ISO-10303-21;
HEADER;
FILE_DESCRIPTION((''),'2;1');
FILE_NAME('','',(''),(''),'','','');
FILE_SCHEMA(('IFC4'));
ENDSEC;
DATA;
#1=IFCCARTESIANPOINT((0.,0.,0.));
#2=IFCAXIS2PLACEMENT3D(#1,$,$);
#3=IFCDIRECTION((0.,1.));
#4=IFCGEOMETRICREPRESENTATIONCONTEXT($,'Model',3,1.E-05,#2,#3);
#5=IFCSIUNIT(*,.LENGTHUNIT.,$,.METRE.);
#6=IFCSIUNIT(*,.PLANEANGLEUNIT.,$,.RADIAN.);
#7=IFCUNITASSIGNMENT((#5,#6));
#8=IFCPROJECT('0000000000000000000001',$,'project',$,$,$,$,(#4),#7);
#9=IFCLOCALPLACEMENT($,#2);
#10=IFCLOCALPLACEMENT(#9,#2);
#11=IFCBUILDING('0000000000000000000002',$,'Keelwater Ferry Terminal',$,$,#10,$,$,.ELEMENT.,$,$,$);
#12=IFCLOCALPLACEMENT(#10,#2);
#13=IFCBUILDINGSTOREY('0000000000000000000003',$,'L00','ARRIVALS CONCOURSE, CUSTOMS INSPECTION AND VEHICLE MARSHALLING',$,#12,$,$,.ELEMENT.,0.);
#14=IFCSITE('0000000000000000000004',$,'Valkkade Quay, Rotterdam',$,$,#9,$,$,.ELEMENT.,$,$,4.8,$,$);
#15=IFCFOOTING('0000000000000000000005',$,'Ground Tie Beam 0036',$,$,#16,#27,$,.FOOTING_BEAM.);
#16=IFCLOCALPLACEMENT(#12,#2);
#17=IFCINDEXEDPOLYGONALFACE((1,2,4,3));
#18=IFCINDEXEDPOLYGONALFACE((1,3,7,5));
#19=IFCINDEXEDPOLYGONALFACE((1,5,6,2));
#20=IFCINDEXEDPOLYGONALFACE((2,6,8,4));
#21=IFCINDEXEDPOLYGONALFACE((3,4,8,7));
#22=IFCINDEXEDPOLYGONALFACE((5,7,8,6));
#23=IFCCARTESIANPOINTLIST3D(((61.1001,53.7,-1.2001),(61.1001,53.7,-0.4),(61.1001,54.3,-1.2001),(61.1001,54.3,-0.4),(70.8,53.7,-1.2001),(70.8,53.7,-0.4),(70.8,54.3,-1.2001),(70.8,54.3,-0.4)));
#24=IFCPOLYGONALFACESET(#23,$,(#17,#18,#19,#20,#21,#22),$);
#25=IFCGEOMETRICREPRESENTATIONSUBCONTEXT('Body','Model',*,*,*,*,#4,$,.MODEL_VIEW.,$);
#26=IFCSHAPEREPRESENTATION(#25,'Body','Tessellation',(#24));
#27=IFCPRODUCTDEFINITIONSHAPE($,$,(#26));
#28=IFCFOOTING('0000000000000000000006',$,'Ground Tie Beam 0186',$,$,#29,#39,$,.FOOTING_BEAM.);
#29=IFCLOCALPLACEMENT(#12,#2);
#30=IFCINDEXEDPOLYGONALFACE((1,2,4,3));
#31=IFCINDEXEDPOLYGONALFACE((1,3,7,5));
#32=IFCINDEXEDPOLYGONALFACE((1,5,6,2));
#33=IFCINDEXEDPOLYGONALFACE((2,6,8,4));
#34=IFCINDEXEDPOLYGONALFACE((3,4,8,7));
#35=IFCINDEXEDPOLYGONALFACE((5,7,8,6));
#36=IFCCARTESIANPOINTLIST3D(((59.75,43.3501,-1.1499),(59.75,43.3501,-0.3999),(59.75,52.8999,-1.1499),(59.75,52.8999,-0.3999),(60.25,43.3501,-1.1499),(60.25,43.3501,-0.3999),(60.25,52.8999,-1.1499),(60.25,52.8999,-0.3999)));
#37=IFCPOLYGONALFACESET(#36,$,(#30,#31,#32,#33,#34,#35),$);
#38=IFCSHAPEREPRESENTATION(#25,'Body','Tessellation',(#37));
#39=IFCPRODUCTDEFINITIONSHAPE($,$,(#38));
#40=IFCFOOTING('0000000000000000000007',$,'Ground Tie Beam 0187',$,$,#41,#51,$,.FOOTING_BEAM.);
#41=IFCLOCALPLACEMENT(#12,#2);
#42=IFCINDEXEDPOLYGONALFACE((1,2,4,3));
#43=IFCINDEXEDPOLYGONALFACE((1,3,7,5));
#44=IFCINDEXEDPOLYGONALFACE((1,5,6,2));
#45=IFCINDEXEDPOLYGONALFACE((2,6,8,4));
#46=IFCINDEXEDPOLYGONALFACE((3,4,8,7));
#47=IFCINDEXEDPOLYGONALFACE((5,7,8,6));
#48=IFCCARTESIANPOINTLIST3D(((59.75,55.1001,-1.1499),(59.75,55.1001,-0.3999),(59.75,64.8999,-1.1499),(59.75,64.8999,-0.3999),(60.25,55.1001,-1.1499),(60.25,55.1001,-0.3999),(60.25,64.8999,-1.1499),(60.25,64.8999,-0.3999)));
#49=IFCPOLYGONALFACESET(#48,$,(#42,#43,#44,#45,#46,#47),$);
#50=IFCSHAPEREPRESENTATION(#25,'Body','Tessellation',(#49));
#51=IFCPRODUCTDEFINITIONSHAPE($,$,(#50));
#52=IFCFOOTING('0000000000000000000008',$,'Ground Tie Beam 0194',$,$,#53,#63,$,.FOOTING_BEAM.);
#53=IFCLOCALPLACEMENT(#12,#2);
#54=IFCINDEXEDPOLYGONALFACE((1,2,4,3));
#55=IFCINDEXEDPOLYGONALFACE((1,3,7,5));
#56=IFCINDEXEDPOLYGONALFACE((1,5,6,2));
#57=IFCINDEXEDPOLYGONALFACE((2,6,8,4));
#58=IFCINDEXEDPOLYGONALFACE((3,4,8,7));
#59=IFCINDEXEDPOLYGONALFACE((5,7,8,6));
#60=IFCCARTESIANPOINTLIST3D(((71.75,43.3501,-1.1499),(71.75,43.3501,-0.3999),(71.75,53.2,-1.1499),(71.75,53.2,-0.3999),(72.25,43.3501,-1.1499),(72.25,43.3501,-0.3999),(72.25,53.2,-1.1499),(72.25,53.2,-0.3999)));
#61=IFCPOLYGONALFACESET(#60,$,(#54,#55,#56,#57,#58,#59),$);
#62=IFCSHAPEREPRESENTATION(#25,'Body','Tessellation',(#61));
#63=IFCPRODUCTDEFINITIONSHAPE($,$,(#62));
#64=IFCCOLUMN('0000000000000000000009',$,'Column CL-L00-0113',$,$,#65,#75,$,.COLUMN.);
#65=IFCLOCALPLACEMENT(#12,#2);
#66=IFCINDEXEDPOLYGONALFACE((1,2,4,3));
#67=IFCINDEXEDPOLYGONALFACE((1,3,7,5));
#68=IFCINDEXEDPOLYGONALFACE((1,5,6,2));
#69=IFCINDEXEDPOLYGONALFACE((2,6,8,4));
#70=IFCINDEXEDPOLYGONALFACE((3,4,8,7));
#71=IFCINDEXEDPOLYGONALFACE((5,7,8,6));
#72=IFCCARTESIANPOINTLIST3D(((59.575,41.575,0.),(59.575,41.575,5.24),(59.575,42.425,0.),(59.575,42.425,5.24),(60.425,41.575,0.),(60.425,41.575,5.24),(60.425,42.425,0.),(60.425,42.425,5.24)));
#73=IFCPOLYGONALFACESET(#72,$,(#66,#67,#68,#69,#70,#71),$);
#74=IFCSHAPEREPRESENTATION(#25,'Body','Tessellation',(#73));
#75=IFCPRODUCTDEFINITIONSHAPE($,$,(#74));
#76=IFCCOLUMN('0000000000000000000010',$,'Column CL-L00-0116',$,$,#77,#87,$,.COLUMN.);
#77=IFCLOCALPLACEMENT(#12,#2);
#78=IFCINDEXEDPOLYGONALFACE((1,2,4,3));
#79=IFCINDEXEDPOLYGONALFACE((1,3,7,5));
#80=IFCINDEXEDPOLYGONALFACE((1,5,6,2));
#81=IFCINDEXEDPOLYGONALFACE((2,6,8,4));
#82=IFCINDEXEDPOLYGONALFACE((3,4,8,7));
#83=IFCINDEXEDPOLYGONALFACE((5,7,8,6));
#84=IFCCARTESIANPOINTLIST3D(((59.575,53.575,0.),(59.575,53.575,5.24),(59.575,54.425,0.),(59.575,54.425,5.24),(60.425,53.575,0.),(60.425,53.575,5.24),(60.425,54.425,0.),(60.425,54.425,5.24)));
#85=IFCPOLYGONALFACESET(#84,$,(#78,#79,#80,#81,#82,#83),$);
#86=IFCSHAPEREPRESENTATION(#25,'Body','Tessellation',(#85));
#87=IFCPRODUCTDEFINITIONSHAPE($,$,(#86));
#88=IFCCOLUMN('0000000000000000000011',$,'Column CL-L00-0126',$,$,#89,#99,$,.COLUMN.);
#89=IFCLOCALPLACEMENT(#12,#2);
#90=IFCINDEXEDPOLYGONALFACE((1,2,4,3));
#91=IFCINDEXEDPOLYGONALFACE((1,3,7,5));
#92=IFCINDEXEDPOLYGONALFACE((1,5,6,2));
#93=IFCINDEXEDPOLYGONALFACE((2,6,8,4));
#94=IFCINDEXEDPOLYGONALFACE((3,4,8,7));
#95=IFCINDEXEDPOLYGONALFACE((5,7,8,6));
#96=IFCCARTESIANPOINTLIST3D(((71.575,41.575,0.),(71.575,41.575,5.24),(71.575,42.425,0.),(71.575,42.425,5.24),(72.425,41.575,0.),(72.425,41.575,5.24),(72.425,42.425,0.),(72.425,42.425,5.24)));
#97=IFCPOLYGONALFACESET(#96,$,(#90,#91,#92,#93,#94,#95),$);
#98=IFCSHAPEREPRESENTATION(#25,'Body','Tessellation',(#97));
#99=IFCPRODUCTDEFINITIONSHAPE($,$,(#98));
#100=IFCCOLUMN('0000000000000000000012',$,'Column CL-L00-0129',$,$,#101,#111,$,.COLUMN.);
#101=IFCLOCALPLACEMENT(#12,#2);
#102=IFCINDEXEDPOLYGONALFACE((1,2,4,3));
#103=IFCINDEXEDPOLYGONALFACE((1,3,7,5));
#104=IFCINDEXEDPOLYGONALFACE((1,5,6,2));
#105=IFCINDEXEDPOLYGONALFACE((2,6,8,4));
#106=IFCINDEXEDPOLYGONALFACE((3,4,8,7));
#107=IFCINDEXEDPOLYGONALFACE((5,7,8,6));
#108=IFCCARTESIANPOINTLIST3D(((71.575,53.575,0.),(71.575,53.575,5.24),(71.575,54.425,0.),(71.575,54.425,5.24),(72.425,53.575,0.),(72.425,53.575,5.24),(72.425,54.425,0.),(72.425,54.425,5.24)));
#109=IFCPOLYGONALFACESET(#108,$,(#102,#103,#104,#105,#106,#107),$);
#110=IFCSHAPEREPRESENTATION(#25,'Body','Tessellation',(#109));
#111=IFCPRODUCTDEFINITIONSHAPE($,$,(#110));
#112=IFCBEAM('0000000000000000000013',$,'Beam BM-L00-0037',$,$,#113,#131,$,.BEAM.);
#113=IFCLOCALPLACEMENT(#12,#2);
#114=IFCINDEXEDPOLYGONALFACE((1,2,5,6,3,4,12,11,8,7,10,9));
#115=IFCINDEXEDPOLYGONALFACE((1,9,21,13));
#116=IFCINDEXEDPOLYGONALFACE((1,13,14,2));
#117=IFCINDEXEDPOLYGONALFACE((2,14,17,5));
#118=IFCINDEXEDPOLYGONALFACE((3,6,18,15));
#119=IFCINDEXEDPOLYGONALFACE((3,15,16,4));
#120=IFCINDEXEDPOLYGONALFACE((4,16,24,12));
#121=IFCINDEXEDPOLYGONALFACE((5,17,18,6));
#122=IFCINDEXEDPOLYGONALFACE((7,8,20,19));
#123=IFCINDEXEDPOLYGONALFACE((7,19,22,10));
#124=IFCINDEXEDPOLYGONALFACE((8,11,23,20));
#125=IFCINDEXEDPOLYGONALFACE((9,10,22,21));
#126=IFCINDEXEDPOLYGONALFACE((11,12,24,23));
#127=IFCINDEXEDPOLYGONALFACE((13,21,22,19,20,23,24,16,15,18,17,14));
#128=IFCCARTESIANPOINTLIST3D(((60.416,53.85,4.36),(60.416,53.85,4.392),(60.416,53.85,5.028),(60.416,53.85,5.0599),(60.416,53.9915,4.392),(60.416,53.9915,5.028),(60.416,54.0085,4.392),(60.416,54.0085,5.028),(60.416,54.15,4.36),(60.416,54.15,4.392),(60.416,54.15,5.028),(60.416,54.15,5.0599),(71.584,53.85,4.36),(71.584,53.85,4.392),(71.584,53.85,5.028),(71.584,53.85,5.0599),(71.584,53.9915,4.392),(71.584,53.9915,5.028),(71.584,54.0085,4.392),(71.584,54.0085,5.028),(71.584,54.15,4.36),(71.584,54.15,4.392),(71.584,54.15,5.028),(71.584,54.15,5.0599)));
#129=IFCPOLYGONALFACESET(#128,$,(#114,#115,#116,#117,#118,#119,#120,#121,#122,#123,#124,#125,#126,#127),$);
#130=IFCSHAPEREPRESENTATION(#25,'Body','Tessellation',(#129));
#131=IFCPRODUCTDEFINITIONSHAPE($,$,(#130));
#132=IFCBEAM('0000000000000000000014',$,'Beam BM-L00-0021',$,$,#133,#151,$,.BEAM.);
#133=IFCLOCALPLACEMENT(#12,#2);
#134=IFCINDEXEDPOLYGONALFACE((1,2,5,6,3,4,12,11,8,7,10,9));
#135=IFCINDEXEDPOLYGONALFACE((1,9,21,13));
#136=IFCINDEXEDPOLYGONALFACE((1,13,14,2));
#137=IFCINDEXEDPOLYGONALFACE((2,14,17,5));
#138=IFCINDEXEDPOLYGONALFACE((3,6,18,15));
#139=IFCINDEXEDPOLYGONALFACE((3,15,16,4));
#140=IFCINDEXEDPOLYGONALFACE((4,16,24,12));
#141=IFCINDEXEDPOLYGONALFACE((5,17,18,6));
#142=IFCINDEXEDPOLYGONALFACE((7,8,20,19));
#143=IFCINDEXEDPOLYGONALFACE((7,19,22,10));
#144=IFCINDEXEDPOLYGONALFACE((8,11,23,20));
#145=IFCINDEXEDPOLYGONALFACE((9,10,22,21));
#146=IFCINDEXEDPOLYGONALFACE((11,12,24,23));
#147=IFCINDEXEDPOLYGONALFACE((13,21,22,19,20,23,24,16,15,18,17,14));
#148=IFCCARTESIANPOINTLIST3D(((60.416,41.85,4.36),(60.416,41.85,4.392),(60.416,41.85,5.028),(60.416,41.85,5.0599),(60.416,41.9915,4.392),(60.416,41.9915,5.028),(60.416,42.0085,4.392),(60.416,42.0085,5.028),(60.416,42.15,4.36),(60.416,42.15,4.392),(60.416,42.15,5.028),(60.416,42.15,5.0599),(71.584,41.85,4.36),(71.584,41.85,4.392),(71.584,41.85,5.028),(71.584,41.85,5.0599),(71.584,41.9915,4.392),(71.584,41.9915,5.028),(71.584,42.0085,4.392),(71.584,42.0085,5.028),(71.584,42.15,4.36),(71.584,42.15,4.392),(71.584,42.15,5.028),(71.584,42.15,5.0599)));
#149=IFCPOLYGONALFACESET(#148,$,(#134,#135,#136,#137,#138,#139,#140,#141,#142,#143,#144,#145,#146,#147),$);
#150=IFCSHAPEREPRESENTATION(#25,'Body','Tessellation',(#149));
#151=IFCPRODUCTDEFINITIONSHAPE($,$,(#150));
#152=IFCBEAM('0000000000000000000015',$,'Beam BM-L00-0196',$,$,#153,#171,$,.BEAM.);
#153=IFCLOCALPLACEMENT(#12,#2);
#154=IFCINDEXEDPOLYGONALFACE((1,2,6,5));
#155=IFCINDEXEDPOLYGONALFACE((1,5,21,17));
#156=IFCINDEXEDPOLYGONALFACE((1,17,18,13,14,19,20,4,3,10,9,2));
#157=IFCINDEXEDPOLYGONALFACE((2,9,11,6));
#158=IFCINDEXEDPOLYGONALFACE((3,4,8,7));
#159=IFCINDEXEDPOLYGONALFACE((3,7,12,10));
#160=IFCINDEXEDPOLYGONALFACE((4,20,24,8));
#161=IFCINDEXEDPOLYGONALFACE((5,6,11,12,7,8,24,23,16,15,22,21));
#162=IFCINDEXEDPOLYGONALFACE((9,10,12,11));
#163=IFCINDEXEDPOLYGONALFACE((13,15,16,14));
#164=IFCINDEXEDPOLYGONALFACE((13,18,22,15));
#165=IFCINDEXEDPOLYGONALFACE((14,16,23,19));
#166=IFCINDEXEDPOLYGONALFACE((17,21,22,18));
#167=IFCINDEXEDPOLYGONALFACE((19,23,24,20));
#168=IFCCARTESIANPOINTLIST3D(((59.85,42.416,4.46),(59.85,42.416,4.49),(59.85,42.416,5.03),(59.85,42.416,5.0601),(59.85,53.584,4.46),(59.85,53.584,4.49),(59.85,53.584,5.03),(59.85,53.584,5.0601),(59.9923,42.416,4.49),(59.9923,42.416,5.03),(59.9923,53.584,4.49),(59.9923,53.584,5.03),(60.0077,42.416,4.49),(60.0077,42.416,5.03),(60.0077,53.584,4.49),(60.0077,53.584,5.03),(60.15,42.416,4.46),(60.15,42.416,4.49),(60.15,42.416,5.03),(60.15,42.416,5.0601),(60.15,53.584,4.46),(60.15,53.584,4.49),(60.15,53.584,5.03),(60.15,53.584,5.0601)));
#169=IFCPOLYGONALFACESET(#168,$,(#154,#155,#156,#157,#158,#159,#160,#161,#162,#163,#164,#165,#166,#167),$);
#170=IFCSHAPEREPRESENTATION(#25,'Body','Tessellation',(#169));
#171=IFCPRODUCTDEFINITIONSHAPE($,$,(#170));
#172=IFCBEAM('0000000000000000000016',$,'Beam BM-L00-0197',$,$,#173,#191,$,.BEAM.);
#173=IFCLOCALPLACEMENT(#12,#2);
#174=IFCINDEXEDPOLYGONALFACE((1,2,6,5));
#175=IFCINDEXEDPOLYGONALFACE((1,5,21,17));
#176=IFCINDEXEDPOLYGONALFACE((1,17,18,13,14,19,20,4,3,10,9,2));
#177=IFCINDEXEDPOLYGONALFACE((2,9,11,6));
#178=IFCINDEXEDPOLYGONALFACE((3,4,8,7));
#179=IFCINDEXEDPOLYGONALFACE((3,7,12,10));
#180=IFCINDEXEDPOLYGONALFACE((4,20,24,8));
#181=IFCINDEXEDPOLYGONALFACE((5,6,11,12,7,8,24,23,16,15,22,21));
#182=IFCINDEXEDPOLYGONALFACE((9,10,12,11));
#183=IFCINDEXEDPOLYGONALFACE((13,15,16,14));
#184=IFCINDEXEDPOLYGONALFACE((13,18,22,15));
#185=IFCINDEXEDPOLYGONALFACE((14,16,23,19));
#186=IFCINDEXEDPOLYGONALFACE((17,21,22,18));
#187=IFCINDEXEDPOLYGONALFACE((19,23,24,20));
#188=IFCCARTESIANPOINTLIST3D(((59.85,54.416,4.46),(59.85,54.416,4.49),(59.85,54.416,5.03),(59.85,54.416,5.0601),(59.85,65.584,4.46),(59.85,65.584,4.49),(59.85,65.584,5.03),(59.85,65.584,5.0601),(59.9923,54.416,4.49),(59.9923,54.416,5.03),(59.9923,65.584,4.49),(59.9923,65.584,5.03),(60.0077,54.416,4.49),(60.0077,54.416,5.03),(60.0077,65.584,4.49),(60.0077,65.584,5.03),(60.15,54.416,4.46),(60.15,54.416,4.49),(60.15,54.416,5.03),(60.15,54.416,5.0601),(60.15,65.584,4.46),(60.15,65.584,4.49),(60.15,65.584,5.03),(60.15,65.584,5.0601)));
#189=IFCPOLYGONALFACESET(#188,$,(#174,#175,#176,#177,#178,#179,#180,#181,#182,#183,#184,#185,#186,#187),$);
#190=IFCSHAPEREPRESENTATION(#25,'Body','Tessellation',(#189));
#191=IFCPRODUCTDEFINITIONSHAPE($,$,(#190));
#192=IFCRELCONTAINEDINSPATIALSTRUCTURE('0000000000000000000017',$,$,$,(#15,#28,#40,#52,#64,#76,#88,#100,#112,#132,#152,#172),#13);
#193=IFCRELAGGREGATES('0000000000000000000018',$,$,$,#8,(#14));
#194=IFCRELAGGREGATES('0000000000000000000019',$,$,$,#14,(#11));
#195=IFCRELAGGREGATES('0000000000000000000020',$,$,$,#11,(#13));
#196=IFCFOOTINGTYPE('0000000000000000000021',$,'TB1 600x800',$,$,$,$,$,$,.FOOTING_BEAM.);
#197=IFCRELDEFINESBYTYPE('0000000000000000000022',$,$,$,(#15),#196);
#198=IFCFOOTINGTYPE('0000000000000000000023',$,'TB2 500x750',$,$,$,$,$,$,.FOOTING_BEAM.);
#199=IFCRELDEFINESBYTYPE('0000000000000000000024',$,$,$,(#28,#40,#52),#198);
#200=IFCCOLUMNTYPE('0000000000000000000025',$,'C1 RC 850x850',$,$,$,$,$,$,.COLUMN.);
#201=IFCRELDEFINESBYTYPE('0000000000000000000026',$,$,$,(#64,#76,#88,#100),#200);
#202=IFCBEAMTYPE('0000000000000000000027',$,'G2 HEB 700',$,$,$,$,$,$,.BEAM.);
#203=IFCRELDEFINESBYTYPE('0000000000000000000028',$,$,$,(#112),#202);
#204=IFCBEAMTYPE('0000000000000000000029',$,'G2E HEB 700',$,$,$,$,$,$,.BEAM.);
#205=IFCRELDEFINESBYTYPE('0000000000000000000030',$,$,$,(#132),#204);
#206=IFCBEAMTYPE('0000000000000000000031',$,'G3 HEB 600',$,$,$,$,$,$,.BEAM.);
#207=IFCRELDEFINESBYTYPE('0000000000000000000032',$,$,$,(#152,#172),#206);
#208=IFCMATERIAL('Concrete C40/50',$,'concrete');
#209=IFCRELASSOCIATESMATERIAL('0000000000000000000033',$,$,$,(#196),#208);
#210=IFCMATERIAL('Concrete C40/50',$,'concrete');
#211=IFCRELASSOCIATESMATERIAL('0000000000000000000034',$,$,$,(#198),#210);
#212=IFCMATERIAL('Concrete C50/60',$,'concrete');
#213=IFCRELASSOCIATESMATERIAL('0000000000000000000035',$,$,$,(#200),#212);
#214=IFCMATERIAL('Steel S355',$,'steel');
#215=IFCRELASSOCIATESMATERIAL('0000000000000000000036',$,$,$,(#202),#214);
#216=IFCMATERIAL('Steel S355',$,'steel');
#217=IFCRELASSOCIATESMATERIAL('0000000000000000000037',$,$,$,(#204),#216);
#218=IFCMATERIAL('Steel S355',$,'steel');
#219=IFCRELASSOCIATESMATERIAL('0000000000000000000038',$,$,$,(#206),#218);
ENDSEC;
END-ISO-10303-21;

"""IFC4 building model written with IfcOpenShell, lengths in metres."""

from ifc_helpers import new_model, si_unit, direction, frame, origin, origin_2d, place, context, subcontext, project, spatial, rectangle, i_section, extrude, material, material_profile, profile_set, type_object, element, save


model = new_model("IFC4")

# Units and contexts
model_context = context("Model", 3, precision=1e-05, world=origin(), true_north=direction((0.0, 1.0)))
body_context = subcontext(model_context, "Body", "Model", "MODEL_VIEW")
ifc_project = project(units=[si_unit("LENGTHUNIT", "METRE"), si_unit("PLANEANGLEUNIT", "RADIAN")], contexts=[model_context])

# Site, building, storey
site_placement = place(None, origin())
site = spatial("IfcSite", under=ifc_project, at=site_placement, Name="Valkkade Quay, Rotterdam", CompositionType="ELEMENT", RefElevation=4.8)
building_placement = place(site_placement, origin())
building = spatial("IfcBuilding", under=site, at=building_placement, Name="Keelwater Ferry Terminal", CompositionType="ELEMENT")
storey_placement = place(building_placement, origin())
storey = spatial("IfcBuildingStorey", under=building, at=storey_placement, Name="L00", Description="ARRIVALS CONCOURSE, CUSTOMS INSPECTION AND VEHICLE MARSHALLING", CompositionType="ELEMENT", Elevation=0.0)

# Footings
ifc_material_1 = material(Name="Concrete C40/50", Category="concrete")
ifc_material_profile_1 = material_profile(ifc_material_1, rectangle(XDim=0.6001, YDim=0.8, at=origin_2d()), Name="TB 600x800")
ifc_profile_set_1 = profile_set([ifc_material_profile_1], Name="Concrete C40/50")
footing_type_1 = type_object("IfcFootingType", Name="TB1 600x800", PredefinedType="FOOTING_BEAM", material=ifc_profile_set_1)
footing_1_placement = place(storey_placement, frame((61.1001, 54.0, -0.8), z_axis=(1.0, 0.0, 0.0), x_axis=(0.0, 1.0, 0.0)))
element("IfcFooting", 1, at=footing_1_placement, inside=storey, type_object=footing_type_1, Name="Ground Tie Beam 0036", PredefinedType="FOOTING_BEAM", context=body_context, shape_type="SweptSolid", body=[
    extrude(rectangle(XDim=0.6001, YDim=0.8, at=origin_2d()), origin(), (0.0, 0.0, 1.0), 9.7),
])
ifc_material_2 = material(Name="Concrete C40/50", Category="concrete")
ifc_material_profile_2 = material_profile(ifc_material_2, rectangle(XDim=0.5, YDim=0.75, at=origin_2d()), Name="TB 500x750")
ifc_profile_set_2 = profile_set([ifc_material_profile_2], Name="Concrete C40/50")
footing_type_2 = type_object("IfcFootingType", Name="TB2 500x750", PredefinedType="FOOTING_BEAM", material=ifc_profile_set_2)
footing_2_placement = place(storey_placement, frame((60.0, 43.3501, -0.7749), z_axis=(0.0, 1.0, 0.0), x_axis=(-1.0, 0.0, 0.0)))
element("IfcFooting", 2, at=footing_2_placement, inside=storey, type_object=footing_type_2, Name="Ground Tie Beam 0186", PredefinedType="FOOTING_BEAM", context=body_context, shape_type="SweptSolid", body=[
    extrude(rectangle(XDim=0.5, YDim=0.75, at=origin_2d()), origin(), (0.0, 0.0, 1.0), 9.5498),
])
footing_3_placement = place(storey_placement, frame((60.0, 55.1001, -0.7749), z_axis=(0.0, 1.0, 0.0), x_axis=(-1.0, 0.0, 0.0)))
element("IfcFooting", 3, at=footing_3_placement, inside=storey, type_object=footing_type_2, Name="Ground Tie Beam 0187", PredefinedType="FOOTING_BEAM", context=body_context, shape_type="SweptSolid", body=[
    extrude(rectangle(XDim=0.5, YDim=0.75, at=origin_2d()), origin(), (0.0, 0.0, 1.0), 9.7998),
])
footing_4_placement = place(storey_placement, frame((72.0, 43.3501, -0.7749), z_axis=(0.0, 1.0, 0.0), x_axis=(-1.0, 0.0, 0.0)))
element("IfcFooting", 4, at=footing_4_placement, inside=storey, type_object=footing_type_2, Name="Ground Tie Beam 0194", PredefinedType="FOOTING_BEAM", context=body_context, shape_type="SweptSolid", body=[
    extrude(rectangle(XDim=0.5, YDim=0.75, at=origin_2d()), origin(), (0.0, 0.0, 1.0), 9.8499),
])

# Columns
ifc_material_3 = material(Name="Concrete C50/60", Category="concrete")
ifc_material_profile_3 = material_profile(ifc_material_3, rectangle(XDim=0.8501, YDim=0.8501, at=origin_2d()), Name="RC 850x850")
ifc_profile_set_3 = profile_set([ifc_material_profile_3], Name="Concrete C50/60")
column_type = type_object("IfcColumnType", Name="C1 RC 850x850", PredefinedType="COLUMN", material=ifc_profile_set_3)
for number, where, z_axis, x_axis, name in (
    (5, (60.0, 42.0, 0.0), (0.0, 0.0, 1.0), (1.0, 0.0, 0.0), "Column CL-L00-0113"),
    (6, (60.0, 54.0, 0.0), (0.0, 0.0, 1.0), (1.0, 0.0, 0.0), "Column CL-L00-0116"),
    (7, (72.0, 42.0, 0.0), (0.0, 0.0, 1.0), (1.0, 0.0, 0.0), "Column CL-L00-0126"),
    (8, (72.0, 54.0, 0.0), (0.0, 0.0, 1.0), (1.0, 0.0, 0.0), "Column CL-L00-0129"),
):
    element("IfcColumn", number, at=place(storey_placement, frame(where, z_axis=z_axis, x_axis=x_axis)), inside=storey, type_object=column_type, Name=name, PredefinedType="COLUMN", context=body_context, shape_type="SweptSolid", body=[
        extrude(rectangle(XDim=0.8501, YDim=0.8501, at=origin_2d()), origin(), (0.0, 0.0, 1.0), 5.24),
    ])

# Beams
ifc_material_4 = material(Name="Steel S355", Category="steel")
ifc_material_profile_4 = material_profile(ifc_material_4, i_section(OverallWidth=0.3, OverallDepth=0.7, WebThickness=0.0171, FlangeThickness=0.032, at=origin_2d()), Name="HEB 700")
ifc_profile_set_4 = profile_set([ifc_material_profile_4], Name="Steel S355")
beam_type_1 = type_object("IfcBeamType", Name="G2 HEB 700", PredefinedType="BEAM", material=ifc_profile_set_4)
beam_1_placement = place(storey_placement, frame((60.416, 54.0, 4.71), z_axis=(1.0, 0.0, 0.0), x_axis=(0.0, 1.0, 0.0)))
element("IfcBeam", 9, at=beam_1_placement, inside=storey, type_object=beam_type_1, Name="Beam BM-L00-0037", PredefinedType="BEAM", context=body_context, shape_type="SweptSolid", body=[
    extrude(i_section(OverallWidth=0.3, OverallDepth=0.7, WebThickness=0.0171, FlangeThickness=0.032, at=origin_2d()), origin(), (0.0, 0.0, 1.0), 11.168),
])
ifc_material_5 = material(Name="Steel S355", Category="steel")
ifc_material_profile_5 = material_profile(ifc_material_5, i_section(OverallWidth=0.3, OverallDepth=0.7, WebThickness=0.0171, FlangeThickness=0.032, at=origin_2d()), Name="HEB 700")
ifc_profile_set_5 = profile_set([ifc_material_profile_5], Name="Steel S355")
beam_type_2 = type_object("IfcBeamType", Name="G2E HEB 700", PredefinedType="BEAM", material=ifc_profile_set_5)
beam_2_placement = place(storey_placement, frame((60.416, 42.0, 4.71), z_axis=(1.0, 0.0, 0.0), x_axis=(0.0, 1.0, 0.0)))
element("IfcBeam", 10, at=beam_2_placement, inside=storey, type_object=beam_type_2, Name="Beam BM-L00-0021", PredefinedType="BEAM", context=body_context, shape_type="SweptSolid", body=[
    extrude(i_section(OverallWidth=0.3, OverallDepth=0.7, WebThickness=0.0171, FlangeThickness=0.032, at=origin_2d()), origin(), (0.0, 0.0, 1.0), 11.168),
])
ifc_material_6 = material(Name="Steel S355", Category="steel")
ifc_material_profile_6 = material_profile(ifc_material_6, i_section(OverallWidth=0.3, OverallDepth=0.6001, WebThickness=0.0154, FlangeThickness=0.03, at=origin_2d()), Name="HEB 600")
ifc_profile_set_6 = profile_set([ifc_material_profile_6], Name="Steel S355")
beam_type_3 = type_object("IfcBeamType", Name="G3 HEB 600", PredefinedType="BEAM", material=ifc_profile_set_6)
for number, where, z_axis, x_axis, name in (
    (11, (60.0, 42.416, 4.76), (0.0, 1.0, 0.0), (-1.0, 0.0, 0.0), "Beam BM-L00-0196"),
    (12, (60.0, 54.416, 4.76), (0.0, 1.0, 0.0), (-1.0, 0.0, 0.0), "Beam BM-L00-0197"),
):
    element("IfcBeam", number, at=place(storey_placement, frame(where, z_axis=z_axis, x_axis=x_axis)), inside=storey, type_object=beam_type_3, Name=name, PredefinedType="BEAM", context=body_context, shape_type="SweptSolid", body=[
        extrude(i_section(OverallWidth=0.3, OverallDepth=0.6001, WebThickness=0.0154, FlangeThickness=0.03, at=origin_2d()), origin(), (0.0, 0.0, 1.0), 11.168),
    ])

save(model, "model.ifc")
